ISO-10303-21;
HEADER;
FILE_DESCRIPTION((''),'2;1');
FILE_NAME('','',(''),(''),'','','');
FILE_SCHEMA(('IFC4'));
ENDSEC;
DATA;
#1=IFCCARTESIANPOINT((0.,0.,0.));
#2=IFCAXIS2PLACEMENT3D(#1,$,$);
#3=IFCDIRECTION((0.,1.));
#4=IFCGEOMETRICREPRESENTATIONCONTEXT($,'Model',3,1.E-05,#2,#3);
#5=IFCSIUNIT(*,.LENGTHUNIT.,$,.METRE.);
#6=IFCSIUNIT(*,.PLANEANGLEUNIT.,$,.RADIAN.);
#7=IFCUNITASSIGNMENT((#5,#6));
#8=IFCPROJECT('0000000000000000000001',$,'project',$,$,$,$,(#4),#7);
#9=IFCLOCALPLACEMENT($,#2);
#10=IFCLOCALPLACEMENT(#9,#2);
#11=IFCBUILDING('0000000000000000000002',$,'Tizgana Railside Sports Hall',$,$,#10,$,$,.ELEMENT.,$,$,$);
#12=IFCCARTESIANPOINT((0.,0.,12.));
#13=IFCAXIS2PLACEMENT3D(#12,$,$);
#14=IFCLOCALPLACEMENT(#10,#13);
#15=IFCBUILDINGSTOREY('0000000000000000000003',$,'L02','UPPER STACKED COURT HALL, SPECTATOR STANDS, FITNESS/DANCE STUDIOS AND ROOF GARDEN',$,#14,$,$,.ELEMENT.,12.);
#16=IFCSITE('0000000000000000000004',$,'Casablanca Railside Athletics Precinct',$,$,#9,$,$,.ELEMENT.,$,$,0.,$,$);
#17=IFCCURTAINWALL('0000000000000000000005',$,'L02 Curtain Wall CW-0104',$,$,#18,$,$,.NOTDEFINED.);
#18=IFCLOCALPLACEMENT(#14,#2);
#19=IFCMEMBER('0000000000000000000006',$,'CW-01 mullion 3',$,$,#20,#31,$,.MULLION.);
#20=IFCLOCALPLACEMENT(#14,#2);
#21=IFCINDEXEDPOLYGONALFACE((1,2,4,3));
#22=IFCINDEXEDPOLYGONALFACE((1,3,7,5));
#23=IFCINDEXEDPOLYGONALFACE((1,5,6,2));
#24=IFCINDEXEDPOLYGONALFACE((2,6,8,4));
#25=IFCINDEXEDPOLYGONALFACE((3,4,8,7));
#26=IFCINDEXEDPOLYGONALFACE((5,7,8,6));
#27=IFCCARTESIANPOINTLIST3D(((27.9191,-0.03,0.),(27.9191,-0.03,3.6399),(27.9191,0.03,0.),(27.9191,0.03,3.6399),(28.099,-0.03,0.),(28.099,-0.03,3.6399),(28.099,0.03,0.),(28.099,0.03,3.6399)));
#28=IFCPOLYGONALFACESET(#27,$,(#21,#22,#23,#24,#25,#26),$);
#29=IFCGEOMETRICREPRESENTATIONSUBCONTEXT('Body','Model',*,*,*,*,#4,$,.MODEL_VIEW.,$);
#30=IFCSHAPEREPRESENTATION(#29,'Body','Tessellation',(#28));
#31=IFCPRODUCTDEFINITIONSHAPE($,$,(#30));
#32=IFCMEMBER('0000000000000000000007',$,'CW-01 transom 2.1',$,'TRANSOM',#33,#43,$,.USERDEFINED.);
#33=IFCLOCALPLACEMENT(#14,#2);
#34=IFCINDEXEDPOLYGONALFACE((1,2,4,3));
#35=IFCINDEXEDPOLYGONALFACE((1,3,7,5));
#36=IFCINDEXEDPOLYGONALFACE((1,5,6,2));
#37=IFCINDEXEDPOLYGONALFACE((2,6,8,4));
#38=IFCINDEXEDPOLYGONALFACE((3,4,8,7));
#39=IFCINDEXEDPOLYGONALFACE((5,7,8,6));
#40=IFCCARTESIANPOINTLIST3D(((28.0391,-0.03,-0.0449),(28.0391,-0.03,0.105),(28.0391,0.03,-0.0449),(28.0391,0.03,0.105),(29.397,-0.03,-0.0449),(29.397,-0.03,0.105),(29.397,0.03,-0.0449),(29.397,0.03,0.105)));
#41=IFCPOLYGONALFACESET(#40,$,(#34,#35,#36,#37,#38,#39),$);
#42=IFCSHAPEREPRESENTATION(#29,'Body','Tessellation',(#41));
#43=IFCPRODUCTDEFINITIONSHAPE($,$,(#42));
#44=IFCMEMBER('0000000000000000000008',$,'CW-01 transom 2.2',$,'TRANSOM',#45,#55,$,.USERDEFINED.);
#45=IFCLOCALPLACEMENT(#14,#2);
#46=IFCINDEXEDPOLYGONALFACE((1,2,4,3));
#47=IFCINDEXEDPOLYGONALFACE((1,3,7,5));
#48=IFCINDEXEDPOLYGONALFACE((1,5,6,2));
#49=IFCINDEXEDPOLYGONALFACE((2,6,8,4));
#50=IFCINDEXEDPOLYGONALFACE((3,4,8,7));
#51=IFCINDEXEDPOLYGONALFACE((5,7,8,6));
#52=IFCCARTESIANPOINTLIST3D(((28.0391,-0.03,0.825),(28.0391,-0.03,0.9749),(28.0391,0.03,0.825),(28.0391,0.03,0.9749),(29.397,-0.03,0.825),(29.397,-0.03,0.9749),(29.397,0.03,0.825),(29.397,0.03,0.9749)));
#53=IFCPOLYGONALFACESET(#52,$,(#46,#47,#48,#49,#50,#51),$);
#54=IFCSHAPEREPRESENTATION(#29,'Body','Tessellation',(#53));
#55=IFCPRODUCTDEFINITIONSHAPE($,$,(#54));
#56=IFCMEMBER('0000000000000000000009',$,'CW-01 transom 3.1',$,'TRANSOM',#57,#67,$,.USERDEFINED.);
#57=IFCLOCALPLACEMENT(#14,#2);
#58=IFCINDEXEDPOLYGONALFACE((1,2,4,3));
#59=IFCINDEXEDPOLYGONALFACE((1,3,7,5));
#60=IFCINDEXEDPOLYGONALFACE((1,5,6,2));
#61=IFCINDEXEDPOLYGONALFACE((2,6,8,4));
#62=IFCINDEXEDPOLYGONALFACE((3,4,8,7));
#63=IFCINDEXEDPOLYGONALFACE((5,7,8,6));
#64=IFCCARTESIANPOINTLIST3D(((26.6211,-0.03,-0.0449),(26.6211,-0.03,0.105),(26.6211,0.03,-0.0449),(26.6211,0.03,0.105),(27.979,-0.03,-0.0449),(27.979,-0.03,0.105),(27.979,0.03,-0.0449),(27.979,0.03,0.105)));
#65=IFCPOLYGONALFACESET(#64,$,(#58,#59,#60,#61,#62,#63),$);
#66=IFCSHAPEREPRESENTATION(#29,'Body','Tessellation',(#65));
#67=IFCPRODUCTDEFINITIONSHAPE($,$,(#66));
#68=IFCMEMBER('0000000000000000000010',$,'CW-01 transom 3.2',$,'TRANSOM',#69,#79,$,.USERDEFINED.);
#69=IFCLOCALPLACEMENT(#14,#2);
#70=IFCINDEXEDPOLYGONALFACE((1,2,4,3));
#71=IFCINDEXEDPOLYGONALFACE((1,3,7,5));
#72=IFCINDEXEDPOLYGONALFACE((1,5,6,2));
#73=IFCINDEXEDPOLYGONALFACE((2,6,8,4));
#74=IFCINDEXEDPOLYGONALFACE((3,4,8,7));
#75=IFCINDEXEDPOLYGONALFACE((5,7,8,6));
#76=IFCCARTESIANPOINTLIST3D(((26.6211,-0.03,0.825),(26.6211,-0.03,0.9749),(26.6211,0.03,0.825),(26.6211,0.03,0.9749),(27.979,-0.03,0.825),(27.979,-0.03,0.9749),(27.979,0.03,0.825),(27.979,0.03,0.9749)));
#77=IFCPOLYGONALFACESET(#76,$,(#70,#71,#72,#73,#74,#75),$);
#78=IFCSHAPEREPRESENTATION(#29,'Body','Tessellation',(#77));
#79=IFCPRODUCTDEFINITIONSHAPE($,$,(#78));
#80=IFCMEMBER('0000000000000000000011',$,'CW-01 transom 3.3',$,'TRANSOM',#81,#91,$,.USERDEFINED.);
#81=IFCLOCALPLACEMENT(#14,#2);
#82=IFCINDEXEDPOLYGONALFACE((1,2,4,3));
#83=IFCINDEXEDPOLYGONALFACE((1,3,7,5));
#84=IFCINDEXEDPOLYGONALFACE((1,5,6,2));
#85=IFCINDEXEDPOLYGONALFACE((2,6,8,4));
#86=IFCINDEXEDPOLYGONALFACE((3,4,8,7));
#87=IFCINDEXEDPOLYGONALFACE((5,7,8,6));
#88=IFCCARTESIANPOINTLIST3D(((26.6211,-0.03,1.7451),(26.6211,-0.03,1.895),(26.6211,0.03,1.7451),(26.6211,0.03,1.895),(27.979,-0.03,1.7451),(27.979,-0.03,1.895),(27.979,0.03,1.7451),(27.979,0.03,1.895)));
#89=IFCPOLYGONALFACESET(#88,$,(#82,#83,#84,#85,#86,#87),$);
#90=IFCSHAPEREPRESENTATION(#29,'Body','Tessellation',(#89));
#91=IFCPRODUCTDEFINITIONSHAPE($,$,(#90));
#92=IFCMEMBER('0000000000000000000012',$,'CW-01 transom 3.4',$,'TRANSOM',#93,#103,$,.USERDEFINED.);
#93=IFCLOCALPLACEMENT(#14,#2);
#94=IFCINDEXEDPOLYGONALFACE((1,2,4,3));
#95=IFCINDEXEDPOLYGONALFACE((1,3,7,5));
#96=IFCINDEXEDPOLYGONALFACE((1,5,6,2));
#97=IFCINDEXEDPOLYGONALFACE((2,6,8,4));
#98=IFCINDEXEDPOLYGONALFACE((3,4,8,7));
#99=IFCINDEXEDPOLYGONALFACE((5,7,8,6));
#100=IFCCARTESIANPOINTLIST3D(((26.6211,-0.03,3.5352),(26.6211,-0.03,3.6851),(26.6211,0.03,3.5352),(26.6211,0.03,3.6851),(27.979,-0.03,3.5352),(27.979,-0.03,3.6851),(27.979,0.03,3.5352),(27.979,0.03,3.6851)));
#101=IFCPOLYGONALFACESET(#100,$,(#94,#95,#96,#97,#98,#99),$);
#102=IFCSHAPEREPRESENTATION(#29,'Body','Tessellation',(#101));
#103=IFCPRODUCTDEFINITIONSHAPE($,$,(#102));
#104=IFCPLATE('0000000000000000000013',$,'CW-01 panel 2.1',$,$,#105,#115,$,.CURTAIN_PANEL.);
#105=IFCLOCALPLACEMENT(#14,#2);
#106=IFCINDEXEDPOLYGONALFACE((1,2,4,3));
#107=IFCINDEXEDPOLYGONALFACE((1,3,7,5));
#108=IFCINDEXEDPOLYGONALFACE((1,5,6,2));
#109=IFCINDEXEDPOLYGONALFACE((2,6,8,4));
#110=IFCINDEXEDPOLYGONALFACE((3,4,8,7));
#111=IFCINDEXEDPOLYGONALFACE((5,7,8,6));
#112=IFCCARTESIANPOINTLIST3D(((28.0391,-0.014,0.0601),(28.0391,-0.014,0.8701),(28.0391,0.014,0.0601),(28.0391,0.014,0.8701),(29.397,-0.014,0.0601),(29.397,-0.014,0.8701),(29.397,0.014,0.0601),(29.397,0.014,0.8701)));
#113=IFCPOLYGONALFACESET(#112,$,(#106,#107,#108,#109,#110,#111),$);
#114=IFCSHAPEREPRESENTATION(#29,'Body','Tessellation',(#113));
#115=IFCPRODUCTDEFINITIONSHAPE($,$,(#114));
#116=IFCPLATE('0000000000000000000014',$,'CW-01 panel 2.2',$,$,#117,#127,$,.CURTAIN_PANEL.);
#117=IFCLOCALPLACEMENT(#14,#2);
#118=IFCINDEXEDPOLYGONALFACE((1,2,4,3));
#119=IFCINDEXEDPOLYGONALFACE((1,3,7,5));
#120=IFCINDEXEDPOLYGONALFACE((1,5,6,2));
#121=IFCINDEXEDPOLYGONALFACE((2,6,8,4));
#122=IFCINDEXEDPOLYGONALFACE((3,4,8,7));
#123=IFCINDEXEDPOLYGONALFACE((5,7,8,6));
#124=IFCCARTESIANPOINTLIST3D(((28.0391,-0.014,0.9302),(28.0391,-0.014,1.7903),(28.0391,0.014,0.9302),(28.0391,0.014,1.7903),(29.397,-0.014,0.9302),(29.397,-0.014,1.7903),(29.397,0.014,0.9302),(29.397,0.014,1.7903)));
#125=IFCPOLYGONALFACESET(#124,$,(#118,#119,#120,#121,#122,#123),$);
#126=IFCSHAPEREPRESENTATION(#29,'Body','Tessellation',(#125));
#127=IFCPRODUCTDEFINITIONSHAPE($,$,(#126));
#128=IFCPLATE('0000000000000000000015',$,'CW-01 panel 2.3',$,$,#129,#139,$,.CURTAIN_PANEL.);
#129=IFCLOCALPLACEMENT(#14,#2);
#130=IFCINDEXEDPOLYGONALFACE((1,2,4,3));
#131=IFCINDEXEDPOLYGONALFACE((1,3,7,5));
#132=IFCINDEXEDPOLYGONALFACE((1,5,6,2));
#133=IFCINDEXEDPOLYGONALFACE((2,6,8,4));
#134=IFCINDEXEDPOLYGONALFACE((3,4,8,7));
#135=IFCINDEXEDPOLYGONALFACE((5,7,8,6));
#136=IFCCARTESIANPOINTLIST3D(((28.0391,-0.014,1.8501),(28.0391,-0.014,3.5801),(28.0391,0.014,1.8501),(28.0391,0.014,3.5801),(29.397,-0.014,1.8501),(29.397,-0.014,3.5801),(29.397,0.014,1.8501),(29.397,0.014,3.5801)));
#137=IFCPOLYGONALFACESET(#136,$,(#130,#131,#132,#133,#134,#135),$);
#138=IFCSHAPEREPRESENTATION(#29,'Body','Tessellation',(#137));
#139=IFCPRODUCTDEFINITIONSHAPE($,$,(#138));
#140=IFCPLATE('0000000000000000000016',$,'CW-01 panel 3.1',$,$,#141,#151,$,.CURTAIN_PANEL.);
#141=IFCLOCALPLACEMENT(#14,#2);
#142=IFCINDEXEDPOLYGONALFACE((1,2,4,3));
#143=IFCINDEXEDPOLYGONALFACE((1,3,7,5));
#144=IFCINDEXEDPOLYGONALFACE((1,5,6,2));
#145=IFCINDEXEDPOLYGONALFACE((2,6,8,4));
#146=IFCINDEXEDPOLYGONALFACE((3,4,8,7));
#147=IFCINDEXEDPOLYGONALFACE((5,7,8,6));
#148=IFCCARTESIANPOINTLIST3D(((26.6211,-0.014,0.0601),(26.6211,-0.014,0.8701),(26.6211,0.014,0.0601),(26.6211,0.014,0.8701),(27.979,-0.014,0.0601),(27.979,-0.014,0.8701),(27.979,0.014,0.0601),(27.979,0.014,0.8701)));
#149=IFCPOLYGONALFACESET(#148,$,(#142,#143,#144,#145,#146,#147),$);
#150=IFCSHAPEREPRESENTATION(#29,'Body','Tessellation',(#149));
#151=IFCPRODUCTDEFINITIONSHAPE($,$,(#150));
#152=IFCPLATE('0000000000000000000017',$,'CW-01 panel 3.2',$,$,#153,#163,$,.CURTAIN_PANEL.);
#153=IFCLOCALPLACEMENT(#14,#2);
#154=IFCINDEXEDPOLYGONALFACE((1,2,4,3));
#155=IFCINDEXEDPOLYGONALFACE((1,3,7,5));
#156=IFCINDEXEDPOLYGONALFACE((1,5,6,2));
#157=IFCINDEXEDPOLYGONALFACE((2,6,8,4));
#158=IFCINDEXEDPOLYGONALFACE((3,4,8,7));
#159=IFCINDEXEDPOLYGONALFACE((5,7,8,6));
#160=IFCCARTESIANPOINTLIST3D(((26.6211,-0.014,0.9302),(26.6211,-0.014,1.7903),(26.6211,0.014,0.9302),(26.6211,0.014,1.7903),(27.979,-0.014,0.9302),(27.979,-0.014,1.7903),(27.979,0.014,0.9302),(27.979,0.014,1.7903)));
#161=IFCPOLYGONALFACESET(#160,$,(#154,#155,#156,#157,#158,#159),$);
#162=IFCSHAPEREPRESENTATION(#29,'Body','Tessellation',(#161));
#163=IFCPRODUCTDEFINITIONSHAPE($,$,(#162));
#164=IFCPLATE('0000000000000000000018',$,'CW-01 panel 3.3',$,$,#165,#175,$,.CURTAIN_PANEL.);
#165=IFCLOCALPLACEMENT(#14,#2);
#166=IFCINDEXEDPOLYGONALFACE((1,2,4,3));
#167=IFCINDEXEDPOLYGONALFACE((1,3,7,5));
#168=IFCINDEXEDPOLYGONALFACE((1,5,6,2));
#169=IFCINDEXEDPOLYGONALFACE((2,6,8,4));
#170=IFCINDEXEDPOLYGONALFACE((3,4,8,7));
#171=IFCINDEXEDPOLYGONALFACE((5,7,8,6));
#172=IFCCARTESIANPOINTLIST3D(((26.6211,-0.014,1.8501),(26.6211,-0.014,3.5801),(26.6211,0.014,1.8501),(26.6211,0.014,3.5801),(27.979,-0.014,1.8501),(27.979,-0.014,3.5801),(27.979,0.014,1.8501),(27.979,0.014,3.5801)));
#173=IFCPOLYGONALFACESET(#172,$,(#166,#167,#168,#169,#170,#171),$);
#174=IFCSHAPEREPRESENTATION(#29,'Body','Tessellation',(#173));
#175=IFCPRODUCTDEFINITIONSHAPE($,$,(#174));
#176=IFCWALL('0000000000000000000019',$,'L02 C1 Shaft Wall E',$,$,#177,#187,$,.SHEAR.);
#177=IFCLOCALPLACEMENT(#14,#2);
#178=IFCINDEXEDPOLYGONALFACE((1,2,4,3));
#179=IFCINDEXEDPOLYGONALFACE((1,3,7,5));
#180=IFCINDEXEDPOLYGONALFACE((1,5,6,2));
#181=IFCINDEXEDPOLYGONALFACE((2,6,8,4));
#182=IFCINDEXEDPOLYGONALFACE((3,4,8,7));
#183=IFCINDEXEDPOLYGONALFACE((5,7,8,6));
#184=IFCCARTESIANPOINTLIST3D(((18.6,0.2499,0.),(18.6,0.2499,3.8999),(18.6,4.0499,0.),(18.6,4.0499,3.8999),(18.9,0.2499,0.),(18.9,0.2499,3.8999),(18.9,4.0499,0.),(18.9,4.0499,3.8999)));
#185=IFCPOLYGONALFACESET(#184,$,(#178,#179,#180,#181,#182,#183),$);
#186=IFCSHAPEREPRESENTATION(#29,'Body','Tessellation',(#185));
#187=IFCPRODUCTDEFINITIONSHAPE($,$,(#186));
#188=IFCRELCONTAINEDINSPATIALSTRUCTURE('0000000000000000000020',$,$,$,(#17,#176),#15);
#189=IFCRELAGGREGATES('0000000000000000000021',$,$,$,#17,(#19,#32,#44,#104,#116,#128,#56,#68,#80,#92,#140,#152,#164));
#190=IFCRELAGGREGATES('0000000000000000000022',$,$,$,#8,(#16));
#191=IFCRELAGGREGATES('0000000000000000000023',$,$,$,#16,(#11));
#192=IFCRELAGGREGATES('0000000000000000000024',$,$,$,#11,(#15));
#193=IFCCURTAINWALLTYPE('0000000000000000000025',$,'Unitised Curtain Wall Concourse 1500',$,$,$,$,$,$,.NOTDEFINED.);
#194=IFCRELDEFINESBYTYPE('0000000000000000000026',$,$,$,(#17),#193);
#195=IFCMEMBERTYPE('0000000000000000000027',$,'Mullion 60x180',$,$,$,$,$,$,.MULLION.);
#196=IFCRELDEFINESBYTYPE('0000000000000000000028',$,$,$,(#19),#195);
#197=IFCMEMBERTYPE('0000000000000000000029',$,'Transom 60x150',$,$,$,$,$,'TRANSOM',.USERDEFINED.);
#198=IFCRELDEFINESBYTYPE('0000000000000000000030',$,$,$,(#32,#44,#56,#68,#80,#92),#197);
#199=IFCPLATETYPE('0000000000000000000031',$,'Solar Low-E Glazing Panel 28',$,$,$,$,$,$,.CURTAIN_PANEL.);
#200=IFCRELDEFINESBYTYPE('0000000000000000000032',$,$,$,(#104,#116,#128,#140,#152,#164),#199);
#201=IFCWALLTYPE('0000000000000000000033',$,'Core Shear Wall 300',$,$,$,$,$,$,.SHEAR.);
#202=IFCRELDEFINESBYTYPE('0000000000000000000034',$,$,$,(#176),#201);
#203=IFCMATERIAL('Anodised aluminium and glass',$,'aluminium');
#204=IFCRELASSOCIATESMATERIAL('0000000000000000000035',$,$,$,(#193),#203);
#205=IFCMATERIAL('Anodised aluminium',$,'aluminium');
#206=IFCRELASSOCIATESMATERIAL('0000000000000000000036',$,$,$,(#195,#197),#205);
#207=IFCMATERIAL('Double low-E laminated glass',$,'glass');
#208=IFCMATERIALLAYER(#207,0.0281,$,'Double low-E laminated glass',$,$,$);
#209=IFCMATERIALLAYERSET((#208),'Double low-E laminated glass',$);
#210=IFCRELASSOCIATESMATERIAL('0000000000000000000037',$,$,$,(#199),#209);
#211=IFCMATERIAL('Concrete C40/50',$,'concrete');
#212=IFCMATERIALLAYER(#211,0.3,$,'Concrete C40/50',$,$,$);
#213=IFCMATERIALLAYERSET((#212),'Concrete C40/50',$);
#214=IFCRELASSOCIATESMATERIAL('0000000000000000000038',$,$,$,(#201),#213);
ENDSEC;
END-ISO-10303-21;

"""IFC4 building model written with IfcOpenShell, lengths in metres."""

from ifc_helpers import new_model, si_unit, direction, frame, frame_2d, origin, origin_2d, place, context, subcontext, project, spatial, rectangle, extrude, material, layer, layer_set, material_profile, profile_set, type_object, element, aggregate, save


model = new_model("IFC4")

# Units and contexts
model_context = context("Model", 3, precision=1e-05, world=origin(), true_north=direction((0.0, 1.0)))
body_context = subcontext(model_context, "Body", "Model", "MODEL_VIEW")
ifc_project = project(units=[si_unit("LENGTHUNIT", "METRE"), si_unit("PLANEANGLEUNIT", "RADIAN")], contexts=[model_context])

# Site, building, storey
site_placement = place(None, origin())
site = spatial("IfcSite", under=ifc_project, at=site_placement, Name="Casablanca Railside Athletics Precinct", CompositionType="ELEMENT", RefElevation=0.0)
building_placement = place(site_placement, origin())
building = spatial("IfcBuilding", under=site, at=building_placement, Name="Tizgana Railside Sports Hall", CompositionType="ELEMENT")
storey_placement = place(building_placement, frame((0.0, 0.0, 12.0)))
storey = spatial("IfcBuildingStorey", under=building, at=storey_placement, Name="L02", Description="UPPER STACKED COURT HALL, SPECTATOR STANDS, FITNESS/DANCE STUDIOS AND ROOF GARDEN", CompositionType="ELEMENT", Elevation=12.0)

# Curtain wall, members, plates
ifc_material_1 = material(Name="Anodised aluminium and glass", Category="aluminium")
curtain_wall_type = type_object("IfcCurtainWallType", Name="Unitised Curtain Wall Concourse 1500", PredefinedType="NOTDEFINED", material=ifc_material_1)
curtain_wall_placement = place(storey_placement, origin())
curtain_wall = element("IfcCurtainWall", 1, at=curtain_wall_placement, inside=storey, type_object=curtain_wall_type, Name="L02 Curtain Wall CW-0104", PredefinedType="NOTDEFINED")
ifc_material_2 = material(Name="Anodised aluminium", Category="aluminium")
ifc_material_profile_1 = material_profile(ifc_material_2, rectangle(XDim=0.0601, YDim=0.1799, at=origin_2d()), Name="Mullion 60x180")
ifc_profile_set_1 = profile_set([ifc_material_profile_1], Name="Anodised aluminium")
member_type_1 = type_object("IfcMemberType", Name="Mullion 60x180", PredefinedType="MULLION", material=ifc_profile_set_1)
member_1_placement = place(storey_placement, frame((28.009, 0.0, 0.0), z_axis=(0.0, 0.0, 1.0), x_axis=(0.0, -1.0, 0.0)))
member_1 = element("IfcMember", 2, at=member_1_placement, type_object=member_type_1, Name="CW-01 mullion 3", PredefinedType="MULLION", context=body_context, shape_type="SweptSolid", body=[
    extrude(rectangle(XDim=0.0601, YDim=0.1799, at=origin_2d()), origin(), (0.0, 0.0, 1.0), 3.6399),
])
ifc_material_profile_2 = material_profile(ifc_material_2, rectangle(XDim=0.0601, YDim=0.1499, at=origin_2d()), Name="Transom 60x150")
ifc_profile_set_2 = profile_set([ifc_material_profile_2], Name="Anodised aluminium")
member_type_2 = type_object("IfcMemberType", Name="Transom 60x150", ElementType="TRANSOM", PredefinedType="USERDEFINED", material=ifc_profile_set_2)
member_2_placement = place(storey_placement, frame((29.397, 0.0, 0.03), z_axis=(-1.0, 0.0, 0.0), x_axis=(0.0, -1.0, 0.0)))
member_2 = element("IfcMember", 3, at=member_2_placement, type_object=member_type_2, Name="CW-01 transom 2.1", ObjectType="TRANSOM", PredefinedType="USERDEFINED", context=body_context, shape_type="SweptSolid", body=[
    extrude(rectangle(XDim=0.0601, YDim=0.1499, at=origin_2d()), origin(), (0.0, 0.0, 1.0), 1.3579),
])
member_3_placement = place(storey_placement, frame((29.397, 0.0, 0.8999), z_axis=(-1.0, 0.0, 0.0), x_axis=(0.0, -1.0, 0.0)))
member_3 = element("IfcMember", 4, at=member_3_placement, type_object=member_type_2, Name="CW-01 transom 2.2", ObjectType="TRANSOM", PredefinedType="USERDEFINED", context=body_context, shape_type="SweptSolid", body=[
    extrude(rectangle(XDim=0.0601, YDim=0.1499, at=origin_2d()), origin(), (0.0, 0.0, 1.0), 1.3579),
])
member_4_placement = place(storey_placement, frame((27.979, 0.0, 0.03), z_axis=(-1.0, 0.0, 0.0), x_axis=(0.0, -1.0, 0.0)))
member_4 = element("IfcMember", 5, at=member_4_placement, type_object=member_type_2, Name="CW-01 transom 3.1", ObjectType="TRANSOM", PredefinedType="USERDEFINED", context=body_context, shape_type="SweptSolid", body=[
    extrude(rectangle(XDim=0.0601, YDim=0.1499, at=origin_2d()), origin(), (0.0, 0.0, 1.0), 1.3579),
])
member_5_placement = place(storey_placement, frame((27.979, 0.0, 0.8999), z_axis=(-1.0, 0.0, 0.0), x_axis=(0.0, -1.0, 0.0)))
member_5 = element("IfcMember", 6, at=member_5_placement, type_object=member_type_2, Name="CW-01 transom 3.2", ObjectType="TRANSOM", PredefinedType="USERDEFINED", context=body_context, shape_type="SweptSolid", body=[
    extrude(rectangle(XDim=0.0601, YDim=0.1499, at=origin_2d()), origin(), (0.0, 0.0, 1.0), 1.3579),
])
member_6_placement = place(storey_placement, frame((27.979, 0.0, 1.8201), z_axis=(-1.0, 0.0, 0.0), x_axis=(0.0, -1.0, 0.0)))
member_6 = element("IfcMember", 7, at=member_6_placement, type_object=member_type_2, Name="CW-01 transom 3.3", ObjectType="TRANSOM", PredefinedType="USERDEFINED", context=body_context, shape_type="SweptSolid", body=[
    extrude(rectangle(XDim=0.0601, YDim=0.1499, at=origin_2d()), origin(), (0.0, 0.0, 1.0), 1.3579),
])
member_7_placement = place(storey_placement, frame((27.979, 0.0, 3.6101), z_axis=(-1.0, 0.0, 0.0), x_axis=(0.0, -1.0, 0.0)))
member_7 = element("IfcMember", 8, at=member_7_placement, type_object=member_type_2, Name="CW-01 transom 3.4", ObjectType="TRANSOM", PredefinedType="USERDEFINED", context=body_context, shape_type="SweptSolid", body=[
    extrude(rectangle(XDim=0.0601, YDim=0.1499, at=origin_2d()), origin(), (0.0, 0.0, 1.0), 1.3579),
])
ifc_material_3 = material(Name="Double low-E laminated glass", Category="glass")
ifc_layer_1 = layer(ifc_material_3, 0.0281, Name="Double low-E laminated glass")
ifc_layer_set_1 = layer_set([ifc_layer_1], Name="Double low-E laminated glass")
plate_type = type_object("IfcPlateType", Name="Solar Low-E Glazing Panel 28", PredefinedType="CURTAIN_PANEL", material=ifc_layer_set_1)
plate_1_placement = place(storey_placement, frame((28.718, 0.0, 0.0601), z_axis=(0.0, 0.0, 1.0), x_axis=(-1.0, 0.0, 0.0)))
plate_1 = element("IfcPlate", 9, at=plate_1_placement, type_object=plate_type, Name="CW-01 panel 2.1", PredefinedType="CURTAIN_PANEL", context=body_context, shape_type="SweptSolid", body=[
    extrude(rectangle(XDim=1.3579, YDim=0.0281, at=origin_2d()), origin(), (0.0, 0.0, 1.0), 0.8101),
])
plate_2_placement = place(storey_placement, frame((28.718, 0.0, 0.9302), z_axis=(0.0, 0.0, 1.0), x_axis=(-1.0, 0.0, 0.0)))
plate_2 = element("IfcPlate", 10, at=plate_2_placement, type_object=plate_type, Name="CW-01 panel 2.2", PredefinedType="CURTAIN_PANEL", context=body_context, shape_type="SweptSolid", body=[
    extrude(rectangle(XDim=1.3579, YDim=0.0281, at=origin_2d()), origin(), (0.0, 0.0, 1.0), 0.8601),
])
plate_3_placement = place(storey_placement, frame((28.718, 0.0, 1.8501), z_axis=(0.0, 0.0, 1.0), x_axis=(-1.0, 0.0, 0.0)))
plate_3 = element("IfcPlate", 11, at=plate_3_placement, type_object=plate_type, Name="CW-01 panel 2.3", PredefinedType="CURTAIN_PANEL", context=body_context, shape_type="SweptSolid", body=[
    extrude(rectangle(XDim=1.3579, YDim=0.0281, at=origin_2d()), origin(), (0.0, 0.0, 1.0), 1.73),
])
plate_4_placement = place(storey_placement, frame((27.3, 0.0, 0.0601), z_axis=(0.0, 0.0, 1.0), x_axis=(-1.0, 0.0, 0.0)))
plate_4 = element("IfcPlate", 12, at=plate_4_placement, type_object=plate_type, Name="CW-01 panel 3.1", PredefinedType="CURTAIN_PANEL", context=body_context, shape_type="SweptSolid", body=[
    extrude(rectangle(XDim=1.3579, YDim=0.0281, at=origin_2d()), origin(), (0.0, 0.0, 1.0), 0.8101),
])
plate_5_placement = place(storey_placement, frame((27.3, 0.0, 0.9302), z_axis=(0.0, 0.0, 1.0), x_axis=(-1.0, 0.0, 0.0)))
plate_5 = element("IfcPlate", 13, at=plate_5_placement, type_object=plate_type, Name="CW-01 panel 3.2", PredefinedType="CURTAIN_PANEL", context=body_context, shape_type="SweptSolid", body=[
    extrude(rectangle(XDim=1.3579, YDim=0.0281, at=origin_2d()), origin(), (0.0, 0.0, 1.0), 0.8601),
])
plate_6_placement = place(storey_placement, frame((27.3, 0.0, 1.8501), z_axis=(0.0, 0.0, 1.0), x_axis=(-1.0, 0.0, 0.0)))
plate_6 = element("IfcPlate", 14, at=plate_6_placement, type_object=plate_type, Name="CW-01 panel 3.3", PredefinedType="CURTAIN_PANEL", context=body_context, shape_type="SweptSolid", body=[
    extrude(rectangle(XDim=1.3579, YDim=0.0281, at=origin_2d()), origin(), (0.0, 0.0, 1.0), 1.73),
])
aggregate(curtain_wall, [member_1, member_2, member_3, plate_1, plate_2, plate_3, member_4, member_5, member_6, member_7, plate_4, plate_5, plate_6])

# Wall
ifc_material_4 = material(Name="Concrete C40/50", Category="concrete")
ifc_layer_2 = layer(ifc_material_4, 0.3, Name="Concrete C40/50")
ifc_layer_set_2 = layer_set([ifc_layer_2], Name="Concrete C40/50")
wall_type_1 = type_object("IfcWallType", Name="Core Shear Wall 300", PredefinedType="SHEAR", material=ifc_layer_set_2)
wall_1_placement = place(storey_placement, frame((18.75, 0.25, 0.0), z_axis=(0.0, 0.0, 1.0), x_axis=(0.0, 1.0, 0.0)))
element("IfcWall", 15, at=wall_1_placement, inside=storey, type_object=wall_type_1, Name="L02 C1 Shaft Wall E", PredefinedType="SHEAR", context=body_context, shape_type="SweptSolid", body=[
    extrude(rectangle(XDim=3.8, YDim=0.3, at=frame_2d((1.8999, 0.0))), origin(), (0.0, 0.0, 1.0), 3.8999),
])

save(model, "model.ifc")
